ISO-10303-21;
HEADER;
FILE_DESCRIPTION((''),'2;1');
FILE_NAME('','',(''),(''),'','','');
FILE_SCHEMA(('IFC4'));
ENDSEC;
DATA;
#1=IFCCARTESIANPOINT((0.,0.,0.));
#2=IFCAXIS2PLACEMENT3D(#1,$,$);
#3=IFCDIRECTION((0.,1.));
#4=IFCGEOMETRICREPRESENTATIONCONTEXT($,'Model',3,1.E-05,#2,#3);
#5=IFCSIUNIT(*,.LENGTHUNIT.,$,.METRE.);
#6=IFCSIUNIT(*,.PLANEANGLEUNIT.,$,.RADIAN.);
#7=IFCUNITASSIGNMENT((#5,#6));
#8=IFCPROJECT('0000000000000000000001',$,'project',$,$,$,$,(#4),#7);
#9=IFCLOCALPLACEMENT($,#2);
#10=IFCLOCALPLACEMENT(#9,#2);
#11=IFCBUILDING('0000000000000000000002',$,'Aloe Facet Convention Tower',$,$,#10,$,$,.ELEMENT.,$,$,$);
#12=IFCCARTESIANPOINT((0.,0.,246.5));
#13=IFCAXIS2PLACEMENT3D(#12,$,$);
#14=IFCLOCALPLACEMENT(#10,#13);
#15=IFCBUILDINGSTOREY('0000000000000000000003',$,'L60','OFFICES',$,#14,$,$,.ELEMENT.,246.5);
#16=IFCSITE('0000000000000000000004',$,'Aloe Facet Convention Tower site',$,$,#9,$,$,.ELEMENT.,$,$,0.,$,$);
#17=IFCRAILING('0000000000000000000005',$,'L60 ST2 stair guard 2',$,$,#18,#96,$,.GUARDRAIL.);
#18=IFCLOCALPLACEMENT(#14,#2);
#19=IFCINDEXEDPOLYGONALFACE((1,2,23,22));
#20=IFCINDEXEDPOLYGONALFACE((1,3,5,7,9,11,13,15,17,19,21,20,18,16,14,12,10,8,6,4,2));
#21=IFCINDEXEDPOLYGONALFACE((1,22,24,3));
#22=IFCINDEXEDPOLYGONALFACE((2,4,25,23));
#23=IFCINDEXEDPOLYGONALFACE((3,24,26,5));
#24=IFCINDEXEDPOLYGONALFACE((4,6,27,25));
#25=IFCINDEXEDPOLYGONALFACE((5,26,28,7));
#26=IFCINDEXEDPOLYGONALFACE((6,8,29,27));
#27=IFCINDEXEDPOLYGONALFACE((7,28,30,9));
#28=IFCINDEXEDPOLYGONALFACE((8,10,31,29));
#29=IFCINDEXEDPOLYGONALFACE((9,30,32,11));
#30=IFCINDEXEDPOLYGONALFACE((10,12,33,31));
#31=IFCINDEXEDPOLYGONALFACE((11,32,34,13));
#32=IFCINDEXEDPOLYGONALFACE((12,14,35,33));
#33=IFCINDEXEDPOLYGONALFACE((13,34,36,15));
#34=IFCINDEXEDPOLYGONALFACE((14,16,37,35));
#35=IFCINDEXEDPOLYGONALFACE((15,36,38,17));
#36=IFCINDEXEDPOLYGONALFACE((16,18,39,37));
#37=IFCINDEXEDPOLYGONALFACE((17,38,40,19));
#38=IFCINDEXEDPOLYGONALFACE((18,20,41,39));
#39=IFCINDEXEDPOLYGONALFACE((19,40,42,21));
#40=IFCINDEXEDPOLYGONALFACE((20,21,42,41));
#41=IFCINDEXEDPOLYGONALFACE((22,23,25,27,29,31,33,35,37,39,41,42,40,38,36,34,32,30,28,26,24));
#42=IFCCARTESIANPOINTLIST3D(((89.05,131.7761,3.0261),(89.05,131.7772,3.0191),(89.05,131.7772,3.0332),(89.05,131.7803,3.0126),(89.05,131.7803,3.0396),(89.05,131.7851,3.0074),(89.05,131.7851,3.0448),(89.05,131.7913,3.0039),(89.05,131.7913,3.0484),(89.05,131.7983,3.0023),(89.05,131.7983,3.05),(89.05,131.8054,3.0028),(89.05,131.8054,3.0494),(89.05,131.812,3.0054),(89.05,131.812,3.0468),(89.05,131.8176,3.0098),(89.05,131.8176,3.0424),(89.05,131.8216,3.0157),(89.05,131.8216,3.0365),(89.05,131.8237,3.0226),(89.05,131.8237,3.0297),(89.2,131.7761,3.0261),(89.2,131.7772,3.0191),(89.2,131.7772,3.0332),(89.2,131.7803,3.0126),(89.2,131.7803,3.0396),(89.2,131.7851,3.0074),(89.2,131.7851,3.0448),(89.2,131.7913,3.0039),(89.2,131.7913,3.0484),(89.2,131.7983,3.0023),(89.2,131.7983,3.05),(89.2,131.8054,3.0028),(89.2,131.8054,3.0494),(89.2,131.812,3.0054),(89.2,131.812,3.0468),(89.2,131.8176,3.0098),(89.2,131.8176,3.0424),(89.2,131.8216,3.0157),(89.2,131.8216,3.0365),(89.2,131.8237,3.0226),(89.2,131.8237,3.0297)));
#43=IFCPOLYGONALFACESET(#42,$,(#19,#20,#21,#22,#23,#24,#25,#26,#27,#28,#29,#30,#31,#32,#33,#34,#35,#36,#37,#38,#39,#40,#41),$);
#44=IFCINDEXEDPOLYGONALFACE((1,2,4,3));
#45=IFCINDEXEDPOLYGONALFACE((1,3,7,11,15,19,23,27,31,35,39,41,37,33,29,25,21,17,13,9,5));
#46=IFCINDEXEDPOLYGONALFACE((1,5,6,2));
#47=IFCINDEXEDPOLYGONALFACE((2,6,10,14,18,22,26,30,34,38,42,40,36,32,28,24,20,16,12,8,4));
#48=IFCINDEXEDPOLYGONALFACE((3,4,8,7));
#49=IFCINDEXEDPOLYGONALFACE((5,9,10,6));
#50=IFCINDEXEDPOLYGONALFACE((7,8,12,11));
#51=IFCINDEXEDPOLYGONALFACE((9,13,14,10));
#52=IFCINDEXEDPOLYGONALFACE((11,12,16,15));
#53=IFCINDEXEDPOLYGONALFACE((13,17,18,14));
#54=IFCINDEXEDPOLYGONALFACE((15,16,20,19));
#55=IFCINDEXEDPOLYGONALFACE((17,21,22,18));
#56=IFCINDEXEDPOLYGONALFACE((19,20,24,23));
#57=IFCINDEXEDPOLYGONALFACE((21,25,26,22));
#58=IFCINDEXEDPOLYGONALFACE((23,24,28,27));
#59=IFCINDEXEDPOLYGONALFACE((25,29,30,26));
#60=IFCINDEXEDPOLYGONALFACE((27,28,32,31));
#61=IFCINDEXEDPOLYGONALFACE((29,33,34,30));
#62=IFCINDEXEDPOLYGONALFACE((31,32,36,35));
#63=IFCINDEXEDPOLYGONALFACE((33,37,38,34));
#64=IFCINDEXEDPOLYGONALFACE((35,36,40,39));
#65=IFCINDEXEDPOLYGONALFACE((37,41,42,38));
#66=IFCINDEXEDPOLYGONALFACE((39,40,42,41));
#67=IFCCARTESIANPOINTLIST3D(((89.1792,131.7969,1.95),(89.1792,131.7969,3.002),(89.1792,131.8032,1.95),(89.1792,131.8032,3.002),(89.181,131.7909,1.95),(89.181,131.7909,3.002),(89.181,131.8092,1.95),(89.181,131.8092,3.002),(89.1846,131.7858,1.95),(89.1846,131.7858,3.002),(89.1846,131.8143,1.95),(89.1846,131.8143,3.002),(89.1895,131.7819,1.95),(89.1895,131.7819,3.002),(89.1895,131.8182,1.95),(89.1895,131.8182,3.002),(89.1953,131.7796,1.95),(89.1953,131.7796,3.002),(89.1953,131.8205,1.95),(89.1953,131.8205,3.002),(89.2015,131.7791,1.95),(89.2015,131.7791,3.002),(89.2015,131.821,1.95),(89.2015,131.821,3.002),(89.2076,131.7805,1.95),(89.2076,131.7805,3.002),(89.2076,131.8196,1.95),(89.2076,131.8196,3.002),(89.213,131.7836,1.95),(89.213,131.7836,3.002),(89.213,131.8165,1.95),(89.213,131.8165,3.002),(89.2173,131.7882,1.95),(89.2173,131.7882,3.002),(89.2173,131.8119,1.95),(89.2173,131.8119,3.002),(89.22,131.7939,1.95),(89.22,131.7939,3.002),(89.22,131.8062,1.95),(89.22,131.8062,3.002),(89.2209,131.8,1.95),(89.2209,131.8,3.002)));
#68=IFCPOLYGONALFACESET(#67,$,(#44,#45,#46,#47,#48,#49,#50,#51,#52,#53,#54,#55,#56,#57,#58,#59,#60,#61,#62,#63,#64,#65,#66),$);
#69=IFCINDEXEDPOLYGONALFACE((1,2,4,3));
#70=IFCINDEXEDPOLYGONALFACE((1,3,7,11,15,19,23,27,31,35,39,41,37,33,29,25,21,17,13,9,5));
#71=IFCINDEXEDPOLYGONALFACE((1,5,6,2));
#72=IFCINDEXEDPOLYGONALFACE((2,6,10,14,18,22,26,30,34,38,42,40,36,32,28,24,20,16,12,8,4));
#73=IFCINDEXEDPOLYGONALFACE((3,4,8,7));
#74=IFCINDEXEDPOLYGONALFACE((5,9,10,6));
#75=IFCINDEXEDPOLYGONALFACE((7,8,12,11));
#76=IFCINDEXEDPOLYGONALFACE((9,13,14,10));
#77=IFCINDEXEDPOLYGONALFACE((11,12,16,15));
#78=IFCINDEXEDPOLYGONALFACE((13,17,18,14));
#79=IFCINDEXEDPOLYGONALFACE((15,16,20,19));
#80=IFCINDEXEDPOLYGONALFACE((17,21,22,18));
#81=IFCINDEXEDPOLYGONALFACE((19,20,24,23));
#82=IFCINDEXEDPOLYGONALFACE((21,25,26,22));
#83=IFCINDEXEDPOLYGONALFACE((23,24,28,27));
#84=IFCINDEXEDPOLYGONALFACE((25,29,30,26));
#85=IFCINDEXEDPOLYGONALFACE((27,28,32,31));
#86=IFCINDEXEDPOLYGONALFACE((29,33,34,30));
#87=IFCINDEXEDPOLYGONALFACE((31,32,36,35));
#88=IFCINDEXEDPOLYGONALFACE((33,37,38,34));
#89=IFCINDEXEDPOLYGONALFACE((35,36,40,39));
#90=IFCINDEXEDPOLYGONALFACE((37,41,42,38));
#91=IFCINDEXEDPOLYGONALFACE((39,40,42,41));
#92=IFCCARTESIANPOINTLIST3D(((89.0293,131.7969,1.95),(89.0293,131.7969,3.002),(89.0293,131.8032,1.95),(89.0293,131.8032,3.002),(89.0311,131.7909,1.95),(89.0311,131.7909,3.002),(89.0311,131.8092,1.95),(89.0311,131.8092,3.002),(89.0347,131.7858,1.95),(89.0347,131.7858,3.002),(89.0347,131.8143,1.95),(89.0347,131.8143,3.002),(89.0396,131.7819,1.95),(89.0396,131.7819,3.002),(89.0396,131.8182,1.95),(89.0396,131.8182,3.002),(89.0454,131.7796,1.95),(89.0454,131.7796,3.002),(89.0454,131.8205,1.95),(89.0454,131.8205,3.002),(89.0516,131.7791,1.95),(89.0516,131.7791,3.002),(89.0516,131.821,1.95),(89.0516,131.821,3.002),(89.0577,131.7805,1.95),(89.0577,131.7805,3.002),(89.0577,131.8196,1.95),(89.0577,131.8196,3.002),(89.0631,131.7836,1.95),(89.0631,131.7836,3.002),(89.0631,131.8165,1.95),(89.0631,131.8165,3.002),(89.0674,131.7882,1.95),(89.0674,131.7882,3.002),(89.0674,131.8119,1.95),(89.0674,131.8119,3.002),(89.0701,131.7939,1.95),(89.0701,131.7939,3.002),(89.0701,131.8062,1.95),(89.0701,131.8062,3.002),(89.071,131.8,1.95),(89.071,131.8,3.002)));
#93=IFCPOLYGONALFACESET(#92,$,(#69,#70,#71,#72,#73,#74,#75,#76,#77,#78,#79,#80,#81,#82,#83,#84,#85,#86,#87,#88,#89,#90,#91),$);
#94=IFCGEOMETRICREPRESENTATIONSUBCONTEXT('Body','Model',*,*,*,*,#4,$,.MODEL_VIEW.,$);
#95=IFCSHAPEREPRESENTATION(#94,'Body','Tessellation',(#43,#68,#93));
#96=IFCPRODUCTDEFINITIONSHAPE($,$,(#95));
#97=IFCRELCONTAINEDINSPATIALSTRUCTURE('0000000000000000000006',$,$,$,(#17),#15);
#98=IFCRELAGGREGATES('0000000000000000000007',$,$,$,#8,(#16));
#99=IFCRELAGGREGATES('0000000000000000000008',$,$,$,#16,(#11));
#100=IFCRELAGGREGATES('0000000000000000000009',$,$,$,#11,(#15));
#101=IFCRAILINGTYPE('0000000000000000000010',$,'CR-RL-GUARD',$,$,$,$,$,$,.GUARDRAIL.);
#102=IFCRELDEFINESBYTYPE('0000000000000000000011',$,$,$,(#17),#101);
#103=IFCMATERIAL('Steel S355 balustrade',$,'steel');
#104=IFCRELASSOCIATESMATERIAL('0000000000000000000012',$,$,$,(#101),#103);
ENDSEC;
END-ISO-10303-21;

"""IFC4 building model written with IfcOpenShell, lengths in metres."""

from ifc_helpers import new_model, si_unit, direction, frame, origin, origin_2d, place, context, subcontext, project, spatial, circle, extrude, material, type_object, element, save


model = new_model("IFC4")

# Units and contexts
model_context = context("Model", 3, precision=1e-05, world=origin(), true_north=direction((0.0, 1.0)))
body_context = subcontext(model_context, "Body", "Model", "MODEL_VIEW")
ifc_project = project(units=[si_unit("LENGTHUNIT", "METRE"), si_unit("PLANEANGLEUNIT", "RADIAN")], contexts=[model_context])

# Site, building, storey
site_placement = place(None, origin())
site = spatial("IfcSite", under=ifc_project, at=site_placement, Name="Aloe Facet Convention Tower site", CompositionType="ELEMENT", RefElevation=0.0)
building_placement = place(site_placement, origin())
building = spatial("IfcBuilding", under=site, at=building_placement, Name="Aloe Facet Convention Tower", CompositionType="ELEMENT")
storey_placement = place(building_placement, frame((0.0, 0.0, 246.5)))
storey = spatial("IfcBuildingStorey", under=building, at=storey_placement, Name="L60", Description="OFFICES", CompositionType="ELEMENT", Elevation=246.5)

# Railing
ifc_material_1 = material(Name="Steel S355 balustrade", Category="steel")
railing_type_1 = type_object("IfcRailingType", Name="CR-RL-GUARD", PredefinedType="GUARDRAIL", material=ifc_material_1)
railing_1_placement = place(storey_placement, frame((89.2, 131.8, 1.95)))
element("IfcRailing", 1, at=railing_1_placement, inside=storey, type_object=railing_type_1, Name="L60 ST2 stair guard 2", PredefinedType="GUARDRAIL", context=body_context, shape_type="SweptSolid", body=[
    extrude(circle(Radius=0.0239, at=origin_2d()), frame((0.0, 0.0, 1.0762), z_axis=(-1.0, 0.0, 0.0), x_axis=(0.0, -1.0, 0.0)), (0.0, 0.0, 1.0), 0.1499),
    extrude(circle(Radius=0.021, at=origin_2d()), origin(), (0.0, 0.0, 1.0), 1.052),
    extrude(circle(Radius=0.021, at=origin_2d()), frame((-0.1499, 0.0, 0.0)), (0.0, 0.0, 1.0), 1.052),
])

save(model, "model.ifc")
